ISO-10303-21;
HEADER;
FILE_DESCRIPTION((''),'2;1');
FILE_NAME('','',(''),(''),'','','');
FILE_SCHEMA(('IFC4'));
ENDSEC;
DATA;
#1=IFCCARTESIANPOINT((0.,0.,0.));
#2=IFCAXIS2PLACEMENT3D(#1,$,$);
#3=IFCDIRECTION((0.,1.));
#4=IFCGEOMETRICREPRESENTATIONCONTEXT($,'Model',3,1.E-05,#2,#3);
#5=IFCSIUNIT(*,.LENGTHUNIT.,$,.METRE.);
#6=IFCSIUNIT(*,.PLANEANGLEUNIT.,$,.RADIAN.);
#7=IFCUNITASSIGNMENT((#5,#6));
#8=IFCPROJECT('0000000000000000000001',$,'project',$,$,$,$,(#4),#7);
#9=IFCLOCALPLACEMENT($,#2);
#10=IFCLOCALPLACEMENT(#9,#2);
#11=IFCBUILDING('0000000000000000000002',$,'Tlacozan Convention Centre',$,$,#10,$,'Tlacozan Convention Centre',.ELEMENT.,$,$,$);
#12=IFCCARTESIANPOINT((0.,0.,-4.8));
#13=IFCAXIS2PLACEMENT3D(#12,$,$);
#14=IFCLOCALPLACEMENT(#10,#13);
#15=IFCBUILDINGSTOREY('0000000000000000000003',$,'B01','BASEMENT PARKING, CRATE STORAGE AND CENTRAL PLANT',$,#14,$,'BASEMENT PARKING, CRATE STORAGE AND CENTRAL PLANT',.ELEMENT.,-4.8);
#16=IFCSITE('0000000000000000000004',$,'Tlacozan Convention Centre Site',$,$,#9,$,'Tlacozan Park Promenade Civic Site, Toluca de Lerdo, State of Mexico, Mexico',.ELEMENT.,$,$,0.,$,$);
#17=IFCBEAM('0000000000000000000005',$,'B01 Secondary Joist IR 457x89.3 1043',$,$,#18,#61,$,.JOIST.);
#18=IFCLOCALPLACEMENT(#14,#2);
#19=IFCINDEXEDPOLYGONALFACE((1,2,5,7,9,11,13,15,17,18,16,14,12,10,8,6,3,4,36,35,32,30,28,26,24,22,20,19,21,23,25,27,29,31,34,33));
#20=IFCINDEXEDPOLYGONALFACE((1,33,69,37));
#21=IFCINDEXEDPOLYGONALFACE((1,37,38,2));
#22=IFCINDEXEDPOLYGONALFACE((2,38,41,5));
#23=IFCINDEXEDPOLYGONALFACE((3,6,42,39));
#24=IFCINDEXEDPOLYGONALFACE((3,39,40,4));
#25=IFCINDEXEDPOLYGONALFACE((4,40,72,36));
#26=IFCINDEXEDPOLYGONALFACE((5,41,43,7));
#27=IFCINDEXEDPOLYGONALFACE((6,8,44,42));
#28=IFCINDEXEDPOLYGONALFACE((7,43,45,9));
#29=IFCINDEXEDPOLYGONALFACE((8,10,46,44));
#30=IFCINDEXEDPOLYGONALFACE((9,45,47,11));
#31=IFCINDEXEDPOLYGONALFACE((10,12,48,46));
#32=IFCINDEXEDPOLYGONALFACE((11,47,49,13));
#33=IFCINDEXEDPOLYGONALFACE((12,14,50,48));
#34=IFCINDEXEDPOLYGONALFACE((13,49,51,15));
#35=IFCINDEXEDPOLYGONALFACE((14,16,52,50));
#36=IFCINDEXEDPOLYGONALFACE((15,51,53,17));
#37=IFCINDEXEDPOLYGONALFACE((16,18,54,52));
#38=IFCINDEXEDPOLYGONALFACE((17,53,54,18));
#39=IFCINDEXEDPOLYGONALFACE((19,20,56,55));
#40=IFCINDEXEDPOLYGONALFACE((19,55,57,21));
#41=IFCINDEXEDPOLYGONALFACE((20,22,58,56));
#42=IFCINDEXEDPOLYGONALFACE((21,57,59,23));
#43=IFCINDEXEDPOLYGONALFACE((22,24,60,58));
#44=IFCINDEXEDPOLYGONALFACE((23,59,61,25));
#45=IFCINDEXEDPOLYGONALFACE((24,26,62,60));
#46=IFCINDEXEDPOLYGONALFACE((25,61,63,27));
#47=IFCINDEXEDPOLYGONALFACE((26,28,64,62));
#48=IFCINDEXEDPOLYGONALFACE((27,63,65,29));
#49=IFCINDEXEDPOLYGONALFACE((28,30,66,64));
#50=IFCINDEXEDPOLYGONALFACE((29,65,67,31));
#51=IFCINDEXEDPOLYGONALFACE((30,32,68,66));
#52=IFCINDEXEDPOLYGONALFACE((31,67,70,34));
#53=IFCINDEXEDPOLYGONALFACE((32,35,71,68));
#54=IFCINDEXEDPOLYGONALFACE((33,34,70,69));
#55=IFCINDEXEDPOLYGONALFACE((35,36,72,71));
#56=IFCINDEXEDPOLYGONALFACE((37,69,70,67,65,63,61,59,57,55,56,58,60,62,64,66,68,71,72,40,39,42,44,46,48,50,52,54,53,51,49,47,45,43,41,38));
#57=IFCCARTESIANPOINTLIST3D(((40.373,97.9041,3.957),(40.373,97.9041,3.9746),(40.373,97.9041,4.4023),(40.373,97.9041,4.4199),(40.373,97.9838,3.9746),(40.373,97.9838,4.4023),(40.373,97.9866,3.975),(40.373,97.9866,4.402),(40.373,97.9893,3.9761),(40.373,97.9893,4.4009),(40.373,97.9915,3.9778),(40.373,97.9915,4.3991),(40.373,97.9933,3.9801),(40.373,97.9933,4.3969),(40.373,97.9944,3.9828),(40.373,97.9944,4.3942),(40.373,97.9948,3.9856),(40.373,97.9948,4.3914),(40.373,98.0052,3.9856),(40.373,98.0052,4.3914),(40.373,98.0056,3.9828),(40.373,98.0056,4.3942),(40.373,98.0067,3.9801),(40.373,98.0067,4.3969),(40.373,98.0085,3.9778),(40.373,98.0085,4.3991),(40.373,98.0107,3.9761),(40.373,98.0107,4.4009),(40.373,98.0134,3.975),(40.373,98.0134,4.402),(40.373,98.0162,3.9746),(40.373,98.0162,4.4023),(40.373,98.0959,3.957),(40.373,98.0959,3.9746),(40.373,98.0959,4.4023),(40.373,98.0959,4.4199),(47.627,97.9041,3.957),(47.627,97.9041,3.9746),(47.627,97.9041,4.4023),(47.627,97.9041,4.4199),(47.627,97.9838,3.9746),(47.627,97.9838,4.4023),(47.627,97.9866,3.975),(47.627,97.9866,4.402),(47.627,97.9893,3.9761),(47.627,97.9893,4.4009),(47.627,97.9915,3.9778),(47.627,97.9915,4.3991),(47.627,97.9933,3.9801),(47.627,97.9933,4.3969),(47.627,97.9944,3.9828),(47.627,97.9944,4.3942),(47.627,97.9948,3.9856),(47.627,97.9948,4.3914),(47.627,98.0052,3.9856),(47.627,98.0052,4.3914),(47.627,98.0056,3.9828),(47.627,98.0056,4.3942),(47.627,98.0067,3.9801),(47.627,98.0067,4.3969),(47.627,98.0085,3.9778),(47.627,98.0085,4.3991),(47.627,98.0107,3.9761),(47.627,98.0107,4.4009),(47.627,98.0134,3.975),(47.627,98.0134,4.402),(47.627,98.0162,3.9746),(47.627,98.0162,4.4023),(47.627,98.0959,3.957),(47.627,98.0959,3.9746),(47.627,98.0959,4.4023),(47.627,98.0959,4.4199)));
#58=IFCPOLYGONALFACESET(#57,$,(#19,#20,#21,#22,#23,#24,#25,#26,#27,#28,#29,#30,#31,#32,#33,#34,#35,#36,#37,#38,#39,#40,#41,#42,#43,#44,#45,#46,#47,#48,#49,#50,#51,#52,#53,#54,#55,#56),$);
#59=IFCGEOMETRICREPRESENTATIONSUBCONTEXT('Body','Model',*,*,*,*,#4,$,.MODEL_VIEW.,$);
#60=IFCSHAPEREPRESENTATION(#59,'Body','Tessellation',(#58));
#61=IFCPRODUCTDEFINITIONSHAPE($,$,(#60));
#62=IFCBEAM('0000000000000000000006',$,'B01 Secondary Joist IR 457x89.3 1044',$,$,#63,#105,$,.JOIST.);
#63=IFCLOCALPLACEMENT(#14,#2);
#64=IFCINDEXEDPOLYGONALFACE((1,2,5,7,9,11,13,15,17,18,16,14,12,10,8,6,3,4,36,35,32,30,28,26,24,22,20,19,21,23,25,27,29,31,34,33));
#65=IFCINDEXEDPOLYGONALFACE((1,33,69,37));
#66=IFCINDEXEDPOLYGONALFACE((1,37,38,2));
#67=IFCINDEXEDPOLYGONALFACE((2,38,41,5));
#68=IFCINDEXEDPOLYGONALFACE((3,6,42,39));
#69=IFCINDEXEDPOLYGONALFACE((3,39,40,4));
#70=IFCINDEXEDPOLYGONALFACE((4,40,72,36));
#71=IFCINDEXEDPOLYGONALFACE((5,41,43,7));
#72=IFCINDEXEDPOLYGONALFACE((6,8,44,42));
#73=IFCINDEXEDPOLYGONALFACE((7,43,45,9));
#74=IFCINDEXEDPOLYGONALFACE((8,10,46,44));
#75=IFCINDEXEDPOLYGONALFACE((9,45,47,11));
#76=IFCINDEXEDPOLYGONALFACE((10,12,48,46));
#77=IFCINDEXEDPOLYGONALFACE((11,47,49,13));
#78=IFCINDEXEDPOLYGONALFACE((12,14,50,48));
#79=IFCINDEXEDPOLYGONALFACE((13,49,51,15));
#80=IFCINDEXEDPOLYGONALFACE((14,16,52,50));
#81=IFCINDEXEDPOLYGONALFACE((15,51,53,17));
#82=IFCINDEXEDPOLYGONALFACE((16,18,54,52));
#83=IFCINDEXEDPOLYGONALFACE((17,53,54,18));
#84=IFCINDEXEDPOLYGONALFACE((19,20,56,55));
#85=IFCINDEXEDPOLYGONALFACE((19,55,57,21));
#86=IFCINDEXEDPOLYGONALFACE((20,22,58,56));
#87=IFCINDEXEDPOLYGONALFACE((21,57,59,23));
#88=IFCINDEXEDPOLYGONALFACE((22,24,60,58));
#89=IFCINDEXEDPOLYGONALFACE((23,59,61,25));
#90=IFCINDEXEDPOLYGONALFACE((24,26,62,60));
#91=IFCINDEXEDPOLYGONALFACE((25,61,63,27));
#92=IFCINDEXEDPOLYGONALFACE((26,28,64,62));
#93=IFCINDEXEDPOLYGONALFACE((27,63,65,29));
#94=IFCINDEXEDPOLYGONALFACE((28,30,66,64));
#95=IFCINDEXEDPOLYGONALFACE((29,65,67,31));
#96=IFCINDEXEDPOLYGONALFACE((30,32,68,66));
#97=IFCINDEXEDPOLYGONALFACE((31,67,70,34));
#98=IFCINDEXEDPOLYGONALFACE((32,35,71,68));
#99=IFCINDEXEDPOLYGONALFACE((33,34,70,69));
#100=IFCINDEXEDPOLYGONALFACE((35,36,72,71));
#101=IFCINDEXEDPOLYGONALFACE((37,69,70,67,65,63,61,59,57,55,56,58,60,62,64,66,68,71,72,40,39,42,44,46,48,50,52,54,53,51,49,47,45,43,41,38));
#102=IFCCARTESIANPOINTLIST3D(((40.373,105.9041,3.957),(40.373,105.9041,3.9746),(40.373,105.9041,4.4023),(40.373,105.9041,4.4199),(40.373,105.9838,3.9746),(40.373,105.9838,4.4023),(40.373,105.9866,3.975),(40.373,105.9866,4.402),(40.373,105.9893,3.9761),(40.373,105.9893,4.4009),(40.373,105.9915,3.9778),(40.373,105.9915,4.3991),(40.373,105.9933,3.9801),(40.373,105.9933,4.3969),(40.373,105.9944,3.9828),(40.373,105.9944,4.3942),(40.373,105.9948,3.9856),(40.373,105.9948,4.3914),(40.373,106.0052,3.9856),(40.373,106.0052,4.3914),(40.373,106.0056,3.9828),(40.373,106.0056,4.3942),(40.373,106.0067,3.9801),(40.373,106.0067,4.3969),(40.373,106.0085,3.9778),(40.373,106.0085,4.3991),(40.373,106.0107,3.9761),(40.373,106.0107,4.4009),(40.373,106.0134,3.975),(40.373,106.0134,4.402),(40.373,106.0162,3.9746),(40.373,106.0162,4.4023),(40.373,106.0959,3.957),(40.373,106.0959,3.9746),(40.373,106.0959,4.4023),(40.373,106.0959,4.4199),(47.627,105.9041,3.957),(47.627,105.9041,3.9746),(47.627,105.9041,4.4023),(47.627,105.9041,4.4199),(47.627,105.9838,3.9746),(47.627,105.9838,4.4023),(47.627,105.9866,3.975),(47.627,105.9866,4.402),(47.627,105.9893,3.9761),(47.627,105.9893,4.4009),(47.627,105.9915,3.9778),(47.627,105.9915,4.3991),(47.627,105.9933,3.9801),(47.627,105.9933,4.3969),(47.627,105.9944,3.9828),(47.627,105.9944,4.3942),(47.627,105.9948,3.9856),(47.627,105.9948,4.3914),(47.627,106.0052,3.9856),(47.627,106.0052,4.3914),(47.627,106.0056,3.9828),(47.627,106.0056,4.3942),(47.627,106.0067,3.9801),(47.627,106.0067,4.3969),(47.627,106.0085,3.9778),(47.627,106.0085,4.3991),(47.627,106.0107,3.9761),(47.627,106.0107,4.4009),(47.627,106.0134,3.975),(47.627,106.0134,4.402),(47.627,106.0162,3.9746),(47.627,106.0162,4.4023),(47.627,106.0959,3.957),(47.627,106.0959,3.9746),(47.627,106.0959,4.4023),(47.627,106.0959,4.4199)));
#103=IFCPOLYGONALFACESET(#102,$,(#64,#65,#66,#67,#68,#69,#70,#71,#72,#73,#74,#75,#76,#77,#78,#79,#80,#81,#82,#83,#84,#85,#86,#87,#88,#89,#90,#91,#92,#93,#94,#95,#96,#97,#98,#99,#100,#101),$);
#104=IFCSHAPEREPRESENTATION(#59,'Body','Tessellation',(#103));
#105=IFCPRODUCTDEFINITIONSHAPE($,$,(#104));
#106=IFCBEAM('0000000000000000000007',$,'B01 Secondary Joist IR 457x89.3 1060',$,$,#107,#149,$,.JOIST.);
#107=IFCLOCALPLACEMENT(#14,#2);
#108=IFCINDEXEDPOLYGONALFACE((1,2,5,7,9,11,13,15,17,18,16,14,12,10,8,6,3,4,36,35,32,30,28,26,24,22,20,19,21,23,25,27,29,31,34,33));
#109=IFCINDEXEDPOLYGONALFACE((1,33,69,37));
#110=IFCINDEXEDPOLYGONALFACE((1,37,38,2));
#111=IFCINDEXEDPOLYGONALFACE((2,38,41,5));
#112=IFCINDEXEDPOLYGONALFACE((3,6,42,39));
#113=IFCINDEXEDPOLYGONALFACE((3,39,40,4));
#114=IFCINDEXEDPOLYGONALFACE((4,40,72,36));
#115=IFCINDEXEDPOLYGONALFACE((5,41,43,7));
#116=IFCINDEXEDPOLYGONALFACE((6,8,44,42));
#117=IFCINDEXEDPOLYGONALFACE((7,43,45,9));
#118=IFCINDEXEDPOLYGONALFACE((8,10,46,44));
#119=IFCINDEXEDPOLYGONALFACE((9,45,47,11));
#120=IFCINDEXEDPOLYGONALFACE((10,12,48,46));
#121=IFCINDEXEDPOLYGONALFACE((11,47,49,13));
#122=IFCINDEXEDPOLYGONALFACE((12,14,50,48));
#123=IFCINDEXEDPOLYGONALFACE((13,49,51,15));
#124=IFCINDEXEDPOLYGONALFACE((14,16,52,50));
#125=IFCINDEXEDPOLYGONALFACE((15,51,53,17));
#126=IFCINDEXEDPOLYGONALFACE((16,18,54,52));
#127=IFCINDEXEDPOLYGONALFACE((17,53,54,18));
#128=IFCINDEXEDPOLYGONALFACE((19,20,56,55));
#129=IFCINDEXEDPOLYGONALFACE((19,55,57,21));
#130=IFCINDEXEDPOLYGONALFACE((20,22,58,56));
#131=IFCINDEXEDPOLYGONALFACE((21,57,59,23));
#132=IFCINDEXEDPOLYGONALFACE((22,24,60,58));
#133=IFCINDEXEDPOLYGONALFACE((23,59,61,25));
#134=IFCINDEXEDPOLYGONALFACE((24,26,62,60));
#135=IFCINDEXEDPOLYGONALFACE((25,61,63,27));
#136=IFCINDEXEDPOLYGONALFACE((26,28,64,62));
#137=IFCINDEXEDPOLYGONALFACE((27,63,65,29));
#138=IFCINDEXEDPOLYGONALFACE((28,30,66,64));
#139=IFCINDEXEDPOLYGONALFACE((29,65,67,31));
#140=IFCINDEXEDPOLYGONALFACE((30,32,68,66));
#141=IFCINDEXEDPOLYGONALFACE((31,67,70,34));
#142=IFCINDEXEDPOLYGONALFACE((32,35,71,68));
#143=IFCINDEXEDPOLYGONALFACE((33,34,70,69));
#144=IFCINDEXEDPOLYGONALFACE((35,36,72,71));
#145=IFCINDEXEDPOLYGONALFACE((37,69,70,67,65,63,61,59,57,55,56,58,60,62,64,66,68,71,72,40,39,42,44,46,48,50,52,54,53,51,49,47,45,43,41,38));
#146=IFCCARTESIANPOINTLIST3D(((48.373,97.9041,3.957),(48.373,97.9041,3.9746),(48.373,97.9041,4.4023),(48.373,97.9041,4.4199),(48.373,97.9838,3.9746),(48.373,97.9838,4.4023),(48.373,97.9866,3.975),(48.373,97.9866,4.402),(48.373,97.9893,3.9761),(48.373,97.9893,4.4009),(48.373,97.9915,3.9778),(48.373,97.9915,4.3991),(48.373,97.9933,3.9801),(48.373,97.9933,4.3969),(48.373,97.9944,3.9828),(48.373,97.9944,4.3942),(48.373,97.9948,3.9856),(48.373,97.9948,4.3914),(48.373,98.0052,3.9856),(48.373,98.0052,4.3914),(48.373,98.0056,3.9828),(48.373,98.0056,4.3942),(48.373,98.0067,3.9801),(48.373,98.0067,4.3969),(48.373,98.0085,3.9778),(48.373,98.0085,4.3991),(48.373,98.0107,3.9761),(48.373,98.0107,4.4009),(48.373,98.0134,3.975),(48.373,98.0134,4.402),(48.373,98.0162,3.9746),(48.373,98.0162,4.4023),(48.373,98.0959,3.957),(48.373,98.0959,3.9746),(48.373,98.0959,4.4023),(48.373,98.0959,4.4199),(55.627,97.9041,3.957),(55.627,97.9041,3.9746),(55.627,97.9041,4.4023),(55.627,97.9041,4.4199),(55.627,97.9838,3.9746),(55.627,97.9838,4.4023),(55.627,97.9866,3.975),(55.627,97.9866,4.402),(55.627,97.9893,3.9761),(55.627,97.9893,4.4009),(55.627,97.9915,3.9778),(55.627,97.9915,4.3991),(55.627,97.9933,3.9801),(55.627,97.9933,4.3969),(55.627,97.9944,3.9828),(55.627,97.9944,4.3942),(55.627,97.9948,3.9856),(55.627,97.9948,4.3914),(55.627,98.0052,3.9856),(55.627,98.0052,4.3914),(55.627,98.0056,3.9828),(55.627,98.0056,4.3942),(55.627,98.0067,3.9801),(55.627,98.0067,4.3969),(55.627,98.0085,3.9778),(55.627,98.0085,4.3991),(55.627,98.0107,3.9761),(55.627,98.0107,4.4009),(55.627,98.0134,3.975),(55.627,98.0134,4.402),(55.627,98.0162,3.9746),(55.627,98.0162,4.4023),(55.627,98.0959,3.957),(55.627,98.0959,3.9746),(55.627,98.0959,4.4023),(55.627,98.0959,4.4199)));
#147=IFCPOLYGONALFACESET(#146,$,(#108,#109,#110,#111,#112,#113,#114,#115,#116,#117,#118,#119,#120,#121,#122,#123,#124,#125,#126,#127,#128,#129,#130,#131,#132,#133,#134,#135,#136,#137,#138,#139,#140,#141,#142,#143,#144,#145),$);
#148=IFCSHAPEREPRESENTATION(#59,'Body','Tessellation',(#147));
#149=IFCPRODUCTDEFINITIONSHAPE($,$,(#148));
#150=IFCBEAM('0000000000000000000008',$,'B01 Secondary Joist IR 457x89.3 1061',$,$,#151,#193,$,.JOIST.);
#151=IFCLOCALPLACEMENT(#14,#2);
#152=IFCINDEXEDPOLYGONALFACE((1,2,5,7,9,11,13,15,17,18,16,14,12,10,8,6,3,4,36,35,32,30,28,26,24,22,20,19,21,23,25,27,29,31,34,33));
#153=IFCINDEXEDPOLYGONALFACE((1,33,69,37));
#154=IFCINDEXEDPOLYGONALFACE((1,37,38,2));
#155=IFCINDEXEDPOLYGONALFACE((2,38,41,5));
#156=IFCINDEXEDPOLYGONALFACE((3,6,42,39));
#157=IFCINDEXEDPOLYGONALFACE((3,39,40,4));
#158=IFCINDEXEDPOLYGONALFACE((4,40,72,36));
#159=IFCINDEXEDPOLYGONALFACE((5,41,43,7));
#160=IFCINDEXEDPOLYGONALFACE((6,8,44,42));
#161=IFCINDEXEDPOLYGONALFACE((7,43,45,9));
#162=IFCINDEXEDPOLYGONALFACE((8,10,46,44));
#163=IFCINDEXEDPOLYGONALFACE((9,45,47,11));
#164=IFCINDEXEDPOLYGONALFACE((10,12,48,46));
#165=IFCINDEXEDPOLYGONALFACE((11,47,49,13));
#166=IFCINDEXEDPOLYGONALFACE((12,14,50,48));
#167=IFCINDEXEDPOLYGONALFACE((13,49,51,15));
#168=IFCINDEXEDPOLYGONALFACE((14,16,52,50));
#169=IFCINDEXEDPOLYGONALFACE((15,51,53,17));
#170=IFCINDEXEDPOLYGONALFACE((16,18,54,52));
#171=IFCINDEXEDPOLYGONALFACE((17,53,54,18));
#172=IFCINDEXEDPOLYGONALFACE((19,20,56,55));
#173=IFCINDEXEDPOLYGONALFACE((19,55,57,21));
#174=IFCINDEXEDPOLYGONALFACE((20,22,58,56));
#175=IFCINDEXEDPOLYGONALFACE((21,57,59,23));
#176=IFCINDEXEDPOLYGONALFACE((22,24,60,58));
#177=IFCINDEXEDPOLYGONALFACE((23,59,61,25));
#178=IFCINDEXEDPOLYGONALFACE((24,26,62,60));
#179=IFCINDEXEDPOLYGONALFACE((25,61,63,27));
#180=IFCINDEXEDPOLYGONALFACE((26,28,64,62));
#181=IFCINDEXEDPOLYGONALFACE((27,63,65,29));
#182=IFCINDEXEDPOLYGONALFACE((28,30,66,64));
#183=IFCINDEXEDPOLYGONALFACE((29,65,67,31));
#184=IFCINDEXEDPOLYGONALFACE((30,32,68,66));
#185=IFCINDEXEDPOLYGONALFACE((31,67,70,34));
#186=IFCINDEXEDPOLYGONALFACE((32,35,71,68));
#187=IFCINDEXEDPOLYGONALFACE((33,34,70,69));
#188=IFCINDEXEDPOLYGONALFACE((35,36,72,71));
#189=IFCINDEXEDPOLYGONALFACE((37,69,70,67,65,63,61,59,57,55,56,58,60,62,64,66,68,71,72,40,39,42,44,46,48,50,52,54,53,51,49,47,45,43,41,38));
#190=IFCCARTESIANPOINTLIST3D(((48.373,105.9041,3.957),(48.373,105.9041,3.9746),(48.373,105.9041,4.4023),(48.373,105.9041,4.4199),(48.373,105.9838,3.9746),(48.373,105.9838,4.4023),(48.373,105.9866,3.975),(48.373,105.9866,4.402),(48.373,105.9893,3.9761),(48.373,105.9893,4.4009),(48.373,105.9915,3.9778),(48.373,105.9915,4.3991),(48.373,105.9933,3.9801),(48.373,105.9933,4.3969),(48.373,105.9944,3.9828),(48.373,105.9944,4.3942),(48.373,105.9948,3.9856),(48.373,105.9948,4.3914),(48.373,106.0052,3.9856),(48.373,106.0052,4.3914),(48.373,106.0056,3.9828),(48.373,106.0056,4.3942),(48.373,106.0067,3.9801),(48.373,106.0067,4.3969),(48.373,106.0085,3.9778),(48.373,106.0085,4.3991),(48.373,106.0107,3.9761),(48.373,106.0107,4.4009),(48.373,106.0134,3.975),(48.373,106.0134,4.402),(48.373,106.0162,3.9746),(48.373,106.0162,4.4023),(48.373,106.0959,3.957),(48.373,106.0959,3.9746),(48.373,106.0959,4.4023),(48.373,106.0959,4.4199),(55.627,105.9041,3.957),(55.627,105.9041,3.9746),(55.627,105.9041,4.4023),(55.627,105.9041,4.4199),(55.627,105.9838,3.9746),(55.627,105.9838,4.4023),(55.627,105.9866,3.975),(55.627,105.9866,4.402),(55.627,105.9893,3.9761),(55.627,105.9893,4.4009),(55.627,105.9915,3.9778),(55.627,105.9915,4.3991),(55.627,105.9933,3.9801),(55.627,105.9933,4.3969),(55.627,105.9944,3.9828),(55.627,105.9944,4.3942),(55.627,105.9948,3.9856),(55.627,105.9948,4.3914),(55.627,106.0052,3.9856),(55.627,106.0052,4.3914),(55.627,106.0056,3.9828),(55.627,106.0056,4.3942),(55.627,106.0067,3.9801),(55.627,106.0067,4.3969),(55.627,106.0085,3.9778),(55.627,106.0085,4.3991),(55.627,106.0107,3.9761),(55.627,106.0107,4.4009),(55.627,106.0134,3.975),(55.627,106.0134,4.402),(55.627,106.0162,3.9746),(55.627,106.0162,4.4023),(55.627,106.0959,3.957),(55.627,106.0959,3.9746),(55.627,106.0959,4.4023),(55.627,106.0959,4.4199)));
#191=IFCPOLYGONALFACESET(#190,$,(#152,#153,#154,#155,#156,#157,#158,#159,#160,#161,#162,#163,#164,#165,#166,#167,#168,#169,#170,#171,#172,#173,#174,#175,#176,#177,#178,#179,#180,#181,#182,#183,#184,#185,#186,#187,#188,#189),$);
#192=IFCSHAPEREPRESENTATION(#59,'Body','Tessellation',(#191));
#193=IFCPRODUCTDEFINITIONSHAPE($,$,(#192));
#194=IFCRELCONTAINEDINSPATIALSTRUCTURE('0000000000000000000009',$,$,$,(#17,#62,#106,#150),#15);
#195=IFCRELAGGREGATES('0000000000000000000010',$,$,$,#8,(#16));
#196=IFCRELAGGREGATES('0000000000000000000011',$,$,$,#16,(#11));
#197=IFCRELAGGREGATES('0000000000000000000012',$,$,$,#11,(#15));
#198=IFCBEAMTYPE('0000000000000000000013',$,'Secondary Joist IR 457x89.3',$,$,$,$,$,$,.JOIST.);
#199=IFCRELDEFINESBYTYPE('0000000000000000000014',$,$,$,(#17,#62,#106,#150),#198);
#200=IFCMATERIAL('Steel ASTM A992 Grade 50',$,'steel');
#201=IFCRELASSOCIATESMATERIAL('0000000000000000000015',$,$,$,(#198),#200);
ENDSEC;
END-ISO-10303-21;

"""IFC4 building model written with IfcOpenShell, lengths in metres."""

from ifc_helpers import new_model, si_unit, direction, frame, origin, origin_2d, place, context, subcontext, project, spatial, i_section, extrude, material, material_profile, profile_set, type_object, element, save


model = new_model("IFC4")

# Units and contexts
model_context = context("Model", 3, precision=1e-05, world=origin(), true_north=direction((0.0, 1.0)))
body_context = subcontext(model_context, "Body", "Model", "MODEL_VIEW")
ifc_project = project(units=[si_unit("LENGTHUNIT", "METRE"), si_unit("PLANEANGLEUNIT", "RADIAN")], contexts=[model_context])

# Site, building, storey
site_placement = place(None, origin())
site = spatial("IfcSite", under=ifc_project, at=site_placement, Name="Tlacozan Convention Centre Site", LongName="Tlacozan Park Promenade Civic Site, Toluca de Lerdo, State of Mexico, Mexico", CompositionType="ELEMENT", RefElevation=0.0)
building_placement = place(site_placement, origin())
building = spatial("IfcBuilding", under=site, at=building_placement, Name="Tlacozan Convention Centre", LongName="Tlacozan Convention Centre", CompositionType="ELEMENT")
storey_placement = place(building_placement, frame((0.0, 0.0, -4.8)))
storey = spatial("IfcBuildingStorey", under=building, at=storey_placement, Name="B01", Description="BASEMENT PARKING, CRATE STORAGE AND CENTRAL PLANT", LongName="BASEMENT PARKING, CRATE STORAGE AND CENTRAL PLANT", CompositionType="ELEMENT", Elevation=-4.8)

# Beams
ifc_material_1 = material(Name="Steel ASTM A992 Grade 50", Category="steel")
ifc_material_profile_1 = material_profile(ifc_material_1, i_section(OverallWidth=0.1919, OverallDepth=0.4629, WebThickness=0.0105, FlangeThickness=0.0176, FilletRadius=0.011, at=origin_2d()), Name="IR 457x89.3")
ifc_profile_set_1 = profile_set([ifc_material_profile_1], Name="Steel ASTM A992 Grade 50")
beam_type_1 = type_object("IfcBeamType", Name="Secondary Joist IR 457x89.3", PredefinedType="JOIST", material=ifc_profile_set_1)
for number, where, z_axis, x_axis, name in (
    (1, (40.373, 98.0, 4.1885), (1.0, 0.0, 0.0), (0.0, 1.0, 0.0), "B01 Secondary Joist IR 457x89.3 1043"),
    (2, (40.373, 106.0, 4.1885), (1.0, 0.0, 0.0), (0.0, 1.0, 0.0), "B01 Secondary Joist IR 457x89.3 1044"),
    (3, (48.373, 98.0, 4.1885), (1.0, 0.0, 0.0), (0.0, 1.0, 0.0), "B01 Secondary Joist IR 457x89.3 1060"),
    (4, (48.373, 106.0, 4.1885), (1.0, 0.0, 0.0), (0.0, 1.0, 0.0), "B01 Secondary Joist IR 457x89.3 1061"),
):
    element("IfcBeam", number, at=place(storey_placement, frame(where, z_axis=z_axis, x_axis=x_axis)), inside=storey, type_object=beam_type_1, Name=name, PredefinedType="JOIST", context=body_context, shape_type="SweptSolid", body=[
        extrude(i_section(OverallWidth=0.1919, OverallDepth=0.4629, WebThickness=0.0105, FlangeThickness=0.0176, FilletRadius=0.011, at=origin_2d()), origin(), (0.0, 0.0, 1.0), 7.2539),
    ])

save(model, "model.ifc")
